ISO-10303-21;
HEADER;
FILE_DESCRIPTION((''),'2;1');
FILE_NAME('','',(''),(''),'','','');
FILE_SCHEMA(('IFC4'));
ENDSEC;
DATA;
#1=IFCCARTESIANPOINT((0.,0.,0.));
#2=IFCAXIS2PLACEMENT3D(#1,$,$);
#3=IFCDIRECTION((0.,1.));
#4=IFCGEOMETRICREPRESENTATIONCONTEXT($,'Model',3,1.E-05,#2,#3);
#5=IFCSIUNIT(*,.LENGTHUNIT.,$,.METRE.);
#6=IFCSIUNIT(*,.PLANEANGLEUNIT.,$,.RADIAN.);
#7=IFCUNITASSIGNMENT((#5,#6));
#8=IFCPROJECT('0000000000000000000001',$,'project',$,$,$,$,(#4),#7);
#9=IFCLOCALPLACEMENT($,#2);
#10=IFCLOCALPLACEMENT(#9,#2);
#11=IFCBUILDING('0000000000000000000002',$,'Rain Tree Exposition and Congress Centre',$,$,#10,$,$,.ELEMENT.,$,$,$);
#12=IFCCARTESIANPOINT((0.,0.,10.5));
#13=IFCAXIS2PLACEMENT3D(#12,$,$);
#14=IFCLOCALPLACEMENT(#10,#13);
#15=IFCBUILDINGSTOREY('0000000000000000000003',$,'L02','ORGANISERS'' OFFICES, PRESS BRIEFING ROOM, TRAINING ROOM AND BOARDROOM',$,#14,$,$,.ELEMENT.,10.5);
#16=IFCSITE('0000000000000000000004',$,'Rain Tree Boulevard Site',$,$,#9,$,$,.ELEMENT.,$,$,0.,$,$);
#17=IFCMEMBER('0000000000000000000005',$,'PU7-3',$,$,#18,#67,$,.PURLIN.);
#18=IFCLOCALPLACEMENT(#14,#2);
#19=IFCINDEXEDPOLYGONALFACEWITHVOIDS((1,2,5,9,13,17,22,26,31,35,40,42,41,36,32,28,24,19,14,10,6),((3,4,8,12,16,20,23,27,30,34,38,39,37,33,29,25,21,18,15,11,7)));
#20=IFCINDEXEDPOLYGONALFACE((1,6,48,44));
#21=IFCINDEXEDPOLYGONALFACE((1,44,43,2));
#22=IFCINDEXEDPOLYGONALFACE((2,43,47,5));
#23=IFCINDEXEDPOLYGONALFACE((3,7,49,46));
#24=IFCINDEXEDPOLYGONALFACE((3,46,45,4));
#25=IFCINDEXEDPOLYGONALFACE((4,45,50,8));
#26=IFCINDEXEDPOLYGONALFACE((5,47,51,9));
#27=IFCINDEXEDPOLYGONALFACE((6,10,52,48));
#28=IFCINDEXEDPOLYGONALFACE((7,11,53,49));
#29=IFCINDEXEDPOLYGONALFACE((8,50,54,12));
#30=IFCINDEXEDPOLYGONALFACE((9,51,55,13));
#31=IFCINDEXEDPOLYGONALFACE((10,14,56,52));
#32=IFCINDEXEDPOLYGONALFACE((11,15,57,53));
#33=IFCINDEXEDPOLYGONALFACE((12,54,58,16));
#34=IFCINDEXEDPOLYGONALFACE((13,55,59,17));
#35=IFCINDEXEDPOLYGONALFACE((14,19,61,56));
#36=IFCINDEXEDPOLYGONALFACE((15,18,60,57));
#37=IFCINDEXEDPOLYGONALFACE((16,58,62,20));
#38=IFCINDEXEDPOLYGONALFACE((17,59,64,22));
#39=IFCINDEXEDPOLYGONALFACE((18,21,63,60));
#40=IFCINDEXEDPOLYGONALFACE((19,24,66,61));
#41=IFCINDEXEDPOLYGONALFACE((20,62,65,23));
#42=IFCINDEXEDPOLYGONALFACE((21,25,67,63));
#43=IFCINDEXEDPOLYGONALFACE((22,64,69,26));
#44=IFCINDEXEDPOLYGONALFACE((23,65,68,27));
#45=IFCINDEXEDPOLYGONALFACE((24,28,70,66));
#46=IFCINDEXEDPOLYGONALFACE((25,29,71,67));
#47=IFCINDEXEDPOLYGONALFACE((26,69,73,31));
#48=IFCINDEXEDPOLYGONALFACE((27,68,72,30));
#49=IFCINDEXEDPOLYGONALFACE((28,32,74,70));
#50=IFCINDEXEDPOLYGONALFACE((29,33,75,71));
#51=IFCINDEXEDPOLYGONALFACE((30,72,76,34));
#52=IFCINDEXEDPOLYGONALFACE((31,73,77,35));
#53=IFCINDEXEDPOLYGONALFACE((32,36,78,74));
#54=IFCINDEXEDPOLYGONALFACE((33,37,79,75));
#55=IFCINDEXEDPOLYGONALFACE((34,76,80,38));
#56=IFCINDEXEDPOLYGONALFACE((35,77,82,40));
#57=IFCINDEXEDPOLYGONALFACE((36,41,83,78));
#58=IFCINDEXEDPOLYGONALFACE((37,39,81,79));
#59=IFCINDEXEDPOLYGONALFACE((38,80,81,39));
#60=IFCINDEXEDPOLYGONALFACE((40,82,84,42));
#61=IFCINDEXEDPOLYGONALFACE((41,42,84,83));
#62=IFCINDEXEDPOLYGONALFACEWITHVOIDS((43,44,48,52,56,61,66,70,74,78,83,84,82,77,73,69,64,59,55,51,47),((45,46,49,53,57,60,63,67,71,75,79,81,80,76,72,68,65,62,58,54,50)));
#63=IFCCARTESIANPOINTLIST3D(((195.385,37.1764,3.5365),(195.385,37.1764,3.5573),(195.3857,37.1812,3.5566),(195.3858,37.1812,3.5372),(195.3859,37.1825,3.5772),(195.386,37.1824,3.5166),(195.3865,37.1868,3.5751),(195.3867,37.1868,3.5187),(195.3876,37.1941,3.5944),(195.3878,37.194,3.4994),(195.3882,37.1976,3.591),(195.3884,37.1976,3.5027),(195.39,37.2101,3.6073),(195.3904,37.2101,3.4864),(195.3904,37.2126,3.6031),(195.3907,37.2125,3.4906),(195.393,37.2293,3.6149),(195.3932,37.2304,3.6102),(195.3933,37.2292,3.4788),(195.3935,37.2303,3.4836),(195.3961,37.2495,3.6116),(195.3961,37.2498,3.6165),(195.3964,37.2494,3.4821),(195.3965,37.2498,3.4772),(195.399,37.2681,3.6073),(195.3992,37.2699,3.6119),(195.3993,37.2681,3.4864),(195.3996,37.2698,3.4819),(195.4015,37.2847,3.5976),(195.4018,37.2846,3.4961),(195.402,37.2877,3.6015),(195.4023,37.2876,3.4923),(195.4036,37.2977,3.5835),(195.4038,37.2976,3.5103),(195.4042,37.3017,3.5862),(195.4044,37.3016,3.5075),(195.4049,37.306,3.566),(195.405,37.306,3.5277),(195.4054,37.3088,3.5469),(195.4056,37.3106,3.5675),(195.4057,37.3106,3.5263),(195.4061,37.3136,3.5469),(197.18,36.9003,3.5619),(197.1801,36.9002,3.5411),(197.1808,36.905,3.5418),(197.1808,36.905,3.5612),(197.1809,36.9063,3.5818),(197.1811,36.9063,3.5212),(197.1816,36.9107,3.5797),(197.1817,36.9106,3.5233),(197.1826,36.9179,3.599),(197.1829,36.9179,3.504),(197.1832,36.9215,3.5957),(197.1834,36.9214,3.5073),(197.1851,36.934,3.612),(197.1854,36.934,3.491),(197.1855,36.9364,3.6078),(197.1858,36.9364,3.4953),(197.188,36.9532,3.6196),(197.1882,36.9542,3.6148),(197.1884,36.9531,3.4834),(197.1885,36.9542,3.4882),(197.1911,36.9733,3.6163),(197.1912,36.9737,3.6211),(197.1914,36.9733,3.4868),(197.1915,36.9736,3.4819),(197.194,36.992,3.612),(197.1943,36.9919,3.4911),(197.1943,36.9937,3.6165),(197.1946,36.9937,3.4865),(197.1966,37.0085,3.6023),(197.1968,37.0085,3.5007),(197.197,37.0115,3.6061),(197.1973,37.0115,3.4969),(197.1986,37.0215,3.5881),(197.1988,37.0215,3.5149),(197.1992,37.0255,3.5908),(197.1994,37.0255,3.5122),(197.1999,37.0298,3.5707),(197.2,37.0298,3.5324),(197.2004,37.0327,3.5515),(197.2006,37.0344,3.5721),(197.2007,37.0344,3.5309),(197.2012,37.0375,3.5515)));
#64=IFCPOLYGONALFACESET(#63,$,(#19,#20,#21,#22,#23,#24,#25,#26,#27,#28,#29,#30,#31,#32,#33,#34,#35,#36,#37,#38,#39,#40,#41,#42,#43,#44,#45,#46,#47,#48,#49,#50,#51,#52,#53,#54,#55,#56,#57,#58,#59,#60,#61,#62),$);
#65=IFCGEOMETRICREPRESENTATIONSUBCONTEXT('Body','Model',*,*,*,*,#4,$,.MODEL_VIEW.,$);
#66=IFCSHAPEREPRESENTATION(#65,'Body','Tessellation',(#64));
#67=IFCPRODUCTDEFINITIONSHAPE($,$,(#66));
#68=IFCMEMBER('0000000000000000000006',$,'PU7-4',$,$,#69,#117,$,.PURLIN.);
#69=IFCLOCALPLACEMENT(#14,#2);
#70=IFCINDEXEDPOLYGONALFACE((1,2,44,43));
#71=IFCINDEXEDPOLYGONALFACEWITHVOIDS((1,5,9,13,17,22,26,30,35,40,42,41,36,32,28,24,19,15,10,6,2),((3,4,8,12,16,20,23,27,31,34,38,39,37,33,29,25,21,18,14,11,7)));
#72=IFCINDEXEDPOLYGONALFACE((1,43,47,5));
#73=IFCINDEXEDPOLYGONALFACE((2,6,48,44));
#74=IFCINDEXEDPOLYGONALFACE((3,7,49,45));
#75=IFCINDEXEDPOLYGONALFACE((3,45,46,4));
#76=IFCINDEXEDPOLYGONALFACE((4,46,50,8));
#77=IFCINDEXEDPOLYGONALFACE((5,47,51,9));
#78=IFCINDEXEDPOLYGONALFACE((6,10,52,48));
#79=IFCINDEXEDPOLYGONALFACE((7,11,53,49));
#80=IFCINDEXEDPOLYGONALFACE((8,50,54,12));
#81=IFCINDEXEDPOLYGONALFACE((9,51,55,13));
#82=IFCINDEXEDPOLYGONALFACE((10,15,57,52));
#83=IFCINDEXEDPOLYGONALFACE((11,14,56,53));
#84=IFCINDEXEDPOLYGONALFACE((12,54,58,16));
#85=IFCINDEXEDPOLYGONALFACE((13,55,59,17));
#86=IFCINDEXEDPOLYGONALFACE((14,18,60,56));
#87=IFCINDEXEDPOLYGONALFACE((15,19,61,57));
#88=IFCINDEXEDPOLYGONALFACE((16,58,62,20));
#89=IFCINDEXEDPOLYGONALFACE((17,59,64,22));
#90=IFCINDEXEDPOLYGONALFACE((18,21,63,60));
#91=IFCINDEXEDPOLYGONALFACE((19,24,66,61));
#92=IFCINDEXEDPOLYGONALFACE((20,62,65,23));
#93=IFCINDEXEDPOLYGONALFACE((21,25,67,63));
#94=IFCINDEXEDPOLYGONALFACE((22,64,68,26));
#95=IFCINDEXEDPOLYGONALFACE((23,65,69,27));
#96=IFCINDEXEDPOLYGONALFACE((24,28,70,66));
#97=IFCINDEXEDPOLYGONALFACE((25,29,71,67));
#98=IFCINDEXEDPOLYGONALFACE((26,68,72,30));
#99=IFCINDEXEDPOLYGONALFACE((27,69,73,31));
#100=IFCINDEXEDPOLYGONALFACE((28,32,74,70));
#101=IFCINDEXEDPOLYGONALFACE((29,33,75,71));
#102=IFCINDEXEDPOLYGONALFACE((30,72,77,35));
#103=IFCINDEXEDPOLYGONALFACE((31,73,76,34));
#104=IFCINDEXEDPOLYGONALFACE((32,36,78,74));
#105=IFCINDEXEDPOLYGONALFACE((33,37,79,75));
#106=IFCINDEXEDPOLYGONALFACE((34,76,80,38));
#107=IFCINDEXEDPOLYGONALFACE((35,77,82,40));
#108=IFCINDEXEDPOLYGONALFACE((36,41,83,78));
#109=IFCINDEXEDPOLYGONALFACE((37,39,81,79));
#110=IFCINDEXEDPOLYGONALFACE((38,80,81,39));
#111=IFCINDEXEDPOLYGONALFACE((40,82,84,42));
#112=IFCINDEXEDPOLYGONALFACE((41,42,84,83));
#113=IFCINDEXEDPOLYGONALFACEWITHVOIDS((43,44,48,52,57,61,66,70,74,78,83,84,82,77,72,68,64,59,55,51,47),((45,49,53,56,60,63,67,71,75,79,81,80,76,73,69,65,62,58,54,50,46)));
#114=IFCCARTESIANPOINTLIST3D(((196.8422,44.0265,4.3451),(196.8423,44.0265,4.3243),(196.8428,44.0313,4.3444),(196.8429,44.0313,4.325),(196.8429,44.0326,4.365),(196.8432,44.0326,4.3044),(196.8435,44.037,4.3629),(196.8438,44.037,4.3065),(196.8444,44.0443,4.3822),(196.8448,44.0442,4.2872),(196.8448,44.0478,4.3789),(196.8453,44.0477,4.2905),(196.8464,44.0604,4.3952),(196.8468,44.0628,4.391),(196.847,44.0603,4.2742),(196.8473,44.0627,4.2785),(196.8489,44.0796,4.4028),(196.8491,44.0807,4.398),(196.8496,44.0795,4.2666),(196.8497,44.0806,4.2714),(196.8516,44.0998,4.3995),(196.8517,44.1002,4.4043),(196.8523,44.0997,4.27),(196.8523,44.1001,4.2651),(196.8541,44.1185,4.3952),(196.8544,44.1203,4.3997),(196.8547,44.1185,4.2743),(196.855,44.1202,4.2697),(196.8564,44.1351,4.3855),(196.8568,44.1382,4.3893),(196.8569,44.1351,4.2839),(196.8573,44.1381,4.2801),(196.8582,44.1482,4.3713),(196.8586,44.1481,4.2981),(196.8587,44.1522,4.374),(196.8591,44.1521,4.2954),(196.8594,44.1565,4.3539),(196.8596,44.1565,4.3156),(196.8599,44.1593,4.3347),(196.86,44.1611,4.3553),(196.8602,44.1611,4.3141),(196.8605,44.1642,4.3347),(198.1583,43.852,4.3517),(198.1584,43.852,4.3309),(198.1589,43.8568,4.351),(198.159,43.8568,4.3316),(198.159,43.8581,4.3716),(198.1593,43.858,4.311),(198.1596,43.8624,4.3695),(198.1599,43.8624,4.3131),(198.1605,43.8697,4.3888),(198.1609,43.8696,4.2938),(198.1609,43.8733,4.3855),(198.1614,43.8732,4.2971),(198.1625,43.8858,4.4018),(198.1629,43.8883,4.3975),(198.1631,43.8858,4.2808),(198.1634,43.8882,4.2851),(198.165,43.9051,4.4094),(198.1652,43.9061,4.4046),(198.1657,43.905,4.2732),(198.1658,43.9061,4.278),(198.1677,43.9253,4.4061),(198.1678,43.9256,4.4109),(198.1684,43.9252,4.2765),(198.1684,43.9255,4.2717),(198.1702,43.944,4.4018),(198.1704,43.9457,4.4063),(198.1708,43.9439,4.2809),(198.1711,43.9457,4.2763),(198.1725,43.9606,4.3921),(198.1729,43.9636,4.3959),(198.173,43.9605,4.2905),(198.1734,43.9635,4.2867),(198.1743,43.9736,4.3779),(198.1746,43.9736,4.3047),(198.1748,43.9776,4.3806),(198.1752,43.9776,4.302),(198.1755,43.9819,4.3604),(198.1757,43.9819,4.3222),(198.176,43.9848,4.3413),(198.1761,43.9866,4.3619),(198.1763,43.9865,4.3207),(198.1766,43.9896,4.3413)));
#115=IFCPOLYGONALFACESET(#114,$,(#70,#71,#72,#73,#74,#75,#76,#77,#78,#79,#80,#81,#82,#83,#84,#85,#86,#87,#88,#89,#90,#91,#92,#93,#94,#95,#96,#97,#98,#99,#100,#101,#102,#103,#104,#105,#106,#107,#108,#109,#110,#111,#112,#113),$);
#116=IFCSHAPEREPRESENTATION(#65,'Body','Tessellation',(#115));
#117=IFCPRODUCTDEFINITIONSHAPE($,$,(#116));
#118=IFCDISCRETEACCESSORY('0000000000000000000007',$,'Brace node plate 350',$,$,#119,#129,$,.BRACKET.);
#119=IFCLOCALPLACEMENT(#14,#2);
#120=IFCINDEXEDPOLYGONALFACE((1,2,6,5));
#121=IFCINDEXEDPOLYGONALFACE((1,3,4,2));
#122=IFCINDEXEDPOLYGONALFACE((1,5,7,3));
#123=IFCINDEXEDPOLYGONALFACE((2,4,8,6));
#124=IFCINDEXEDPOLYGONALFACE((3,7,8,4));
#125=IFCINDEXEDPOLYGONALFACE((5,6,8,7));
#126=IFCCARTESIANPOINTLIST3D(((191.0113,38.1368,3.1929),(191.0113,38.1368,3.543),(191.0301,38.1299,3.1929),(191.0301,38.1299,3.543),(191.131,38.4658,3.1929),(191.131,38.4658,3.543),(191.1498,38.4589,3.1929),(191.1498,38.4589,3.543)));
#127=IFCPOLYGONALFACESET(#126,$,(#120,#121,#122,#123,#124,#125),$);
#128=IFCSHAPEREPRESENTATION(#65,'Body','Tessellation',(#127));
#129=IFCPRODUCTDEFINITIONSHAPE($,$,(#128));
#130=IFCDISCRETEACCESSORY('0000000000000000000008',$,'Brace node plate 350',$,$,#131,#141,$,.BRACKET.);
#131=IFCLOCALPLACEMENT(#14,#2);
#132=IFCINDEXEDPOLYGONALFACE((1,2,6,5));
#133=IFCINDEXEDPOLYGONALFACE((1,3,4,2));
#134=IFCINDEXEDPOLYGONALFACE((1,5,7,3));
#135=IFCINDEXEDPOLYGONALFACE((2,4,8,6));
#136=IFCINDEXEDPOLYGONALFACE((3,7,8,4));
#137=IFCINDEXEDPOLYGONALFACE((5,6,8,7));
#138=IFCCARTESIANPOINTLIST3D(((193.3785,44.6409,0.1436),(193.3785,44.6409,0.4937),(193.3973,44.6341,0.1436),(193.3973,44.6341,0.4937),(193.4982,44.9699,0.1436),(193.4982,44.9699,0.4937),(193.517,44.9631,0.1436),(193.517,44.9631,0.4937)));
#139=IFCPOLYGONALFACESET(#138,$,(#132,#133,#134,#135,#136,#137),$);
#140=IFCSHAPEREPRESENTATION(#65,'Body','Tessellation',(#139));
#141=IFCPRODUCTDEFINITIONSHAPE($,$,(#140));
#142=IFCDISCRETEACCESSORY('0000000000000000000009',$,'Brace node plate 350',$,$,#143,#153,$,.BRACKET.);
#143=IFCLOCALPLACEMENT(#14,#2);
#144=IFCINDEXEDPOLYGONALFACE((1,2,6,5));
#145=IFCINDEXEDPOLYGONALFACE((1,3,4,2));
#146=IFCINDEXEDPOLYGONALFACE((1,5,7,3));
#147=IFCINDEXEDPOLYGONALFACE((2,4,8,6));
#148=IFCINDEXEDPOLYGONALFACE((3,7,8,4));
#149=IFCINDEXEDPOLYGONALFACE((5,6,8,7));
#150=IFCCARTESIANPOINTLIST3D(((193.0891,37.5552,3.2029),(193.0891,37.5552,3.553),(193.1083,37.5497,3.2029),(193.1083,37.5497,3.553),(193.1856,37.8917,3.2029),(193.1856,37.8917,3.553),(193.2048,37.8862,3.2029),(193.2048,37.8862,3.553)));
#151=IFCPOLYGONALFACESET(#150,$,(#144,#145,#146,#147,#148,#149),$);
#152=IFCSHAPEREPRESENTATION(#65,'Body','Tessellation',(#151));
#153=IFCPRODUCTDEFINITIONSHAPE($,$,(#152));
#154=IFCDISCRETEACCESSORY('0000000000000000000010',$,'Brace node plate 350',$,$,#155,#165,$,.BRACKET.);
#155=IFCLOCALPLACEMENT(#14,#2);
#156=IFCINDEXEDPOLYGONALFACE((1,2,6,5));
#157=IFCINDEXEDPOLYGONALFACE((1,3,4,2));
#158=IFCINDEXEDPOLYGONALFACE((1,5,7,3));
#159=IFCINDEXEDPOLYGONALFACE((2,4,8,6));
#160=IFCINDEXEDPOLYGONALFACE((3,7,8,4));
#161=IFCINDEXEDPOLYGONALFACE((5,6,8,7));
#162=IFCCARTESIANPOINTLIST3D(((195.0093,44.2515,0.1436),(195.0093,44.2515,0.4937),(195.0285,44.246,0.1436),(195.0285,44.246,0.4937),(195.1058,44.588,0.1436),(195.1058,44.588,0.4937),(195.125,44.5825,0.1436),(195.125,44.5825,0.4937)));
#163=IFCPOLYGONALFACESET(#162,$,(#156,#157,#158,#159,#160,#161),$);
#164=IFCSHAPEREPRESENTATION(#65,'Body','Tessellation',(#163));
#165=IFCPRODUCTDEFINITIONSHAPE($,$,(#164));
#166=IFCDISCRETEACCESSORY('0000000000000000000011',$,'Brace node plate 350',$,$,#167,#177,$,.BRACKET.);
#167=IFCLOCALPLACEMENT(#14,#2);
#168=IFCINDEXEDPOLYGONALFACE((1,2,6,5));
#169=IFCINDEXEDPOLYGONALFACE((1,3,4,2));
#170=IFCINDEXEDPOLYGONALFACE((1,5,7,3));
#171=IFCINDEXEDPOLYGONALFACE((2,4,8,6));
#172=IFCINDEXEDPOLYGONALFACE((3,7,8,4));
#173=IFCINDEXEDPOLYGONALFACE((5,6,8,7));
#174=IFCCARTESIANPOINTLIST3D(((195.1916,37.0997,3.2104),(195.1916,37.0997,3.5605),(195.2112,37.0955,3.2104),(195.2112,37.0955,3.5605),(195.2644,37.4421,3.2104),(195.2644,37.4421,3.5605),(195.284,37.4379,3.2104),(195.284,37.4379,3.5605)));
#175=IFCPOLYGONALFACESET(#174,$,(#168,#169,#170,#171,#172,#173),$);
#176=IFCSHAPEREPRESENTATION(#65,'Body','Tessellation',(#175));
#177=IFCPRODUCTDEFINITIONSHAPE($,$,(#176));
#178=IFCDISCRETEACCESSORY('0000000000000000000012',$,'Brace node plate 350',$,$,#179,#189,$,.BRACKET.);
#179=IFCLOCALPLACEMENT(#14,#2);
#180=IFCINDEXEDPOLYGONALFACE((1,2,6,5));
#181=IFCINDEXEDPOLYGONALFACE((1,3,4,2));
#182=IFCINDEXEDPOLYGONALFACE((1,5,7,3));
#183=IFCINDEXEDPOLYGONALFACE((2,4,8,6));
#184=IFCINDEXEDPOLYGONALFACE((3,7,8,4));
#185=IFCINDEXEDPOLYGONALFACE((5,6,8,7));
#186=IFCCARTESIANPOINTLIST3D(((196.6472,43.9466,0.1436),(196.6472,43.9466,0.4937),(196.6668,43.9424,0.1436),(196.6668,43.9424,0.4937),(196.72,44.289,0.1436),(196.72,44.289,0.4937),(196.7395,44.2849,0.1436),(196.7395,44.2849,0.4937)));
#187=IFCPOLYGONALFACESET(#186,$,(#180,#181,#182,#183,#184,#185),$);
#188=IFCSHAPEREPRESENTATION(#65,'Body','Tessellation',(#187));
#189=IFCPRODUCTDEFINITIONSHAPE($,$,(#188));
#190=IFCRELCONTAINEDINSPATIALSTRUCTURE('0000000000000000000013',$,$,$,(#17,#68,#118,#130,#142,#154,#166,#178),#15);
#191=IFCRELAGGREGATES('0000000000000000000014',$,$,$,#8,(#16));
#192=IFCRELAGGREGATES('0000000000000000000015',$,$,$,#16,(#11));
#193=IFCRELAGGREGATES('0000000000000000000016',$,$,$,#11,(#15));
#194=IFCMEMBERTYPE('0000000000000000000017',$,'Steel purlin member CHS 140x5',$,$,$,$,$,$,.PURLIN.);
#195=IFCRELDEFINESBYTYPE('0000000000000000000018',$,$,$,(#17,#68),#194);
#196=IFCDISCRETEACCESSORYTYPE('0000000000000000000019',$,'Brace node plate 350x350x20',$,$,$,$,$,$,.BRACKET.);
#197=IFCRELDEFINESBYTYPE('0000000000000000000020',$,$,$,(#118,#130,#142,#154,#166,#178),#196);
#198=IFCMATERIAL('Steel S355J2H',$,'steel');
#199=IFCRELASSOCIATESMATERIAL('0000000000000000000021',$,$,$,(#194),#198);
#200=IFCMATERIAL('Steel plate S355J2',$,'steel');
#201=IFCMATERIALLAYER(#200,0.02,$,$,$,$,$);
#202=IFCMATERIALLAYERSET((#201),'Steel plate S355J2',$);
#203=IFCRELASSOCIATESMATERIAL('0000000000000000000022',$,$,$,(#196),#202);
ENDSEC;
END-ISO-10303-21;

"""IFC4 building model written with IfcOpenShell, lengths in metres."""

from ifc_helpers import new_model, si_unit, direction, frame, origin, origin_2d, place, context, subcontext, project, spatial, rectangle, hollow_circle, extrude, material, layer, layer_set, material_profile, profile_set, type_object, element, save


model = new_model("IFC4")

# Units and contexts
model_context = context("Model", 3, precision=1e-05, world=origin(), true_north=direction((0.0, 1.0)))
body_context = subcontext(model_context, "Body", "Model", "MODEL_VIEW")
ifc_project = project(units=[si_unit("LENGTHUNIT", "METRE"), si_unit("PLANEANGLEUNIT", "RADIAN")], contexts=[model_context])

# Site, building, storey
site_placement = place(None, origin())
site = spatial("IfcSite", under=ifc_project, at=site_placement, Name="Rain Tree Boulevard Site", CompositionType="ELEMENT", RefElevation=0.0)
building_placement = place(site_placement, origin())
building = spatial("IfcBuilding", under=site, at=building_placement, Name="Rain Tree Exposition and Congress Centre", CompositionType="ELEMENT")
storey_placement = place(building_placement, frame((0.0, 0.0, 10.5)))
storey = spatial("IfcBuildingStorey", under=building, at=storey_placement, Name="L02", Description="ORGANISERS' OFFICES, PRESS BRIEFING ROOM, TRAINING ROOM AND BOARDROOM", CompositionType="ELEMENT", Elevation=10.5)

# Members
ifc_material_1 = material(Name="Steel S355J2H", Category="steel")
ifc_material_profile_1 = material_profile(ifc_material_1, hollow_circle(Radius=0.0698, WallThickness=0.0049, at=origin_2d()), Name="CHS 140x5")
ifc_profile_set_1 = profile_set([ifc_material_profile_1], Name="Steel S355J2H")
member_type_1 = type_object("IfcMemberType", Name="Steel purlin member CHS 140x5", PredefinedType="PURLIN", material=ifc_profile_set_1)
member_1_placement = place(storey_placement, frame((195.3955, 37.2446, 3.5469), z_axis=(0.98837, -0.152047, 0.002554), x_axis=(0.152047, 0.988373, 0.0)))
element("IfcMember", 1, at=member_1_placement, inside=storey, type_object=member_type_1, Name="PU7-3", PredefinedType="PURLIN", context=body_context, shape_type="SweptSolid", body=[
    extrude(hollow_circle(Radius=0.0698, WallThickness=0.0049, at=origin_2d()), origin(), (0.0, 0.0, 1.0), 1.8162),
])
member_2_placement = place(storey_placement, frame((196.8513, 44.095, 4.3347), z_axis=(0.991307, -0.131476, 0.004965), x_axis=(0.131477, 0.991319, 0.0)))
element("IfcMember", 2, at=member_2_placement, inside=storey, type_object=member_type_1, Name="PU7-4", PredefinedType="PURLIN", context=body_context, shape_type="SweptSolid", body=[
    extrude(hollow_circle(Radius=0.0698, WallThickness=0.0049, at=origin_2d()), origin(), (0.0, 0.0, 1.0), 1.3276),
])

# Discrete accessories
ifc_material_2 = material(Name="Steel plate S355J2", Category="steel")
ifc_layer = layer(ifc_material_2, 0.02)
ifc_layer_set = layer_set([ifc_layer], Name="Steel plate S355J2")
discrete_accessory_type = type_object("IfcDiscreteAccessoryType", Name="Brace node plate 350x350x20", PredefinedType="BRACKET", material=ifc_layer_set)
for number, where, z_axis, x_axis, name in (
    (3, (191.0806, 38.2979, 3.1929), (0.0, 0.0, 1.0), (0.34202, 0.939693, 0.0), "Brace node plate 350"),
    (4, (193.4478, 44.802, 0.1436), (0.0, 0.0, 1.0), (-0.34202, -0.939693, 0.0), "Brace node plate 350"),
    (5, (193.147, 37.7207, 3.2029), (0.0, 0.0, 1.0), (0.275637, 0.961262, 0.0), "Brace node plate 350"),
    (6, (195.0671, 44.417, 0.1436), (0.0, 0.0, 1.0), (-0.275637, -0.961262, 0.0), "Brace node plate 350"),
    (7, (195.2378, 37.2688, 3.2104), (0.0, 0.0, 1.0), (0.207912, 0.978148, 0.0), "Brace node plate 350"),
    (8, (196.6934, 44.1157, 0.1436), (0.0, 0.0, 1.0), (-0.207912, -0.978148, 0.0), "Brace node plate 350"),
):
    element("IfcDiscreteAccessory", number, at=place(storey_placement, frame(where, z_axis=z_axis, x_axis=x_axis)), inside=storey, type_object=discrete_accessory_type, Name=name, PredefinedType="BRACKET", context=body_context, shape_type="SweptSolid", body=[
        extrude(rectangle(XDim=0.3501, YDim=0.02, at=origin_2d()), origin(), (0.0, 0.0, 1.0), 0.3501),
    ])

save(model, "model.ifc")
